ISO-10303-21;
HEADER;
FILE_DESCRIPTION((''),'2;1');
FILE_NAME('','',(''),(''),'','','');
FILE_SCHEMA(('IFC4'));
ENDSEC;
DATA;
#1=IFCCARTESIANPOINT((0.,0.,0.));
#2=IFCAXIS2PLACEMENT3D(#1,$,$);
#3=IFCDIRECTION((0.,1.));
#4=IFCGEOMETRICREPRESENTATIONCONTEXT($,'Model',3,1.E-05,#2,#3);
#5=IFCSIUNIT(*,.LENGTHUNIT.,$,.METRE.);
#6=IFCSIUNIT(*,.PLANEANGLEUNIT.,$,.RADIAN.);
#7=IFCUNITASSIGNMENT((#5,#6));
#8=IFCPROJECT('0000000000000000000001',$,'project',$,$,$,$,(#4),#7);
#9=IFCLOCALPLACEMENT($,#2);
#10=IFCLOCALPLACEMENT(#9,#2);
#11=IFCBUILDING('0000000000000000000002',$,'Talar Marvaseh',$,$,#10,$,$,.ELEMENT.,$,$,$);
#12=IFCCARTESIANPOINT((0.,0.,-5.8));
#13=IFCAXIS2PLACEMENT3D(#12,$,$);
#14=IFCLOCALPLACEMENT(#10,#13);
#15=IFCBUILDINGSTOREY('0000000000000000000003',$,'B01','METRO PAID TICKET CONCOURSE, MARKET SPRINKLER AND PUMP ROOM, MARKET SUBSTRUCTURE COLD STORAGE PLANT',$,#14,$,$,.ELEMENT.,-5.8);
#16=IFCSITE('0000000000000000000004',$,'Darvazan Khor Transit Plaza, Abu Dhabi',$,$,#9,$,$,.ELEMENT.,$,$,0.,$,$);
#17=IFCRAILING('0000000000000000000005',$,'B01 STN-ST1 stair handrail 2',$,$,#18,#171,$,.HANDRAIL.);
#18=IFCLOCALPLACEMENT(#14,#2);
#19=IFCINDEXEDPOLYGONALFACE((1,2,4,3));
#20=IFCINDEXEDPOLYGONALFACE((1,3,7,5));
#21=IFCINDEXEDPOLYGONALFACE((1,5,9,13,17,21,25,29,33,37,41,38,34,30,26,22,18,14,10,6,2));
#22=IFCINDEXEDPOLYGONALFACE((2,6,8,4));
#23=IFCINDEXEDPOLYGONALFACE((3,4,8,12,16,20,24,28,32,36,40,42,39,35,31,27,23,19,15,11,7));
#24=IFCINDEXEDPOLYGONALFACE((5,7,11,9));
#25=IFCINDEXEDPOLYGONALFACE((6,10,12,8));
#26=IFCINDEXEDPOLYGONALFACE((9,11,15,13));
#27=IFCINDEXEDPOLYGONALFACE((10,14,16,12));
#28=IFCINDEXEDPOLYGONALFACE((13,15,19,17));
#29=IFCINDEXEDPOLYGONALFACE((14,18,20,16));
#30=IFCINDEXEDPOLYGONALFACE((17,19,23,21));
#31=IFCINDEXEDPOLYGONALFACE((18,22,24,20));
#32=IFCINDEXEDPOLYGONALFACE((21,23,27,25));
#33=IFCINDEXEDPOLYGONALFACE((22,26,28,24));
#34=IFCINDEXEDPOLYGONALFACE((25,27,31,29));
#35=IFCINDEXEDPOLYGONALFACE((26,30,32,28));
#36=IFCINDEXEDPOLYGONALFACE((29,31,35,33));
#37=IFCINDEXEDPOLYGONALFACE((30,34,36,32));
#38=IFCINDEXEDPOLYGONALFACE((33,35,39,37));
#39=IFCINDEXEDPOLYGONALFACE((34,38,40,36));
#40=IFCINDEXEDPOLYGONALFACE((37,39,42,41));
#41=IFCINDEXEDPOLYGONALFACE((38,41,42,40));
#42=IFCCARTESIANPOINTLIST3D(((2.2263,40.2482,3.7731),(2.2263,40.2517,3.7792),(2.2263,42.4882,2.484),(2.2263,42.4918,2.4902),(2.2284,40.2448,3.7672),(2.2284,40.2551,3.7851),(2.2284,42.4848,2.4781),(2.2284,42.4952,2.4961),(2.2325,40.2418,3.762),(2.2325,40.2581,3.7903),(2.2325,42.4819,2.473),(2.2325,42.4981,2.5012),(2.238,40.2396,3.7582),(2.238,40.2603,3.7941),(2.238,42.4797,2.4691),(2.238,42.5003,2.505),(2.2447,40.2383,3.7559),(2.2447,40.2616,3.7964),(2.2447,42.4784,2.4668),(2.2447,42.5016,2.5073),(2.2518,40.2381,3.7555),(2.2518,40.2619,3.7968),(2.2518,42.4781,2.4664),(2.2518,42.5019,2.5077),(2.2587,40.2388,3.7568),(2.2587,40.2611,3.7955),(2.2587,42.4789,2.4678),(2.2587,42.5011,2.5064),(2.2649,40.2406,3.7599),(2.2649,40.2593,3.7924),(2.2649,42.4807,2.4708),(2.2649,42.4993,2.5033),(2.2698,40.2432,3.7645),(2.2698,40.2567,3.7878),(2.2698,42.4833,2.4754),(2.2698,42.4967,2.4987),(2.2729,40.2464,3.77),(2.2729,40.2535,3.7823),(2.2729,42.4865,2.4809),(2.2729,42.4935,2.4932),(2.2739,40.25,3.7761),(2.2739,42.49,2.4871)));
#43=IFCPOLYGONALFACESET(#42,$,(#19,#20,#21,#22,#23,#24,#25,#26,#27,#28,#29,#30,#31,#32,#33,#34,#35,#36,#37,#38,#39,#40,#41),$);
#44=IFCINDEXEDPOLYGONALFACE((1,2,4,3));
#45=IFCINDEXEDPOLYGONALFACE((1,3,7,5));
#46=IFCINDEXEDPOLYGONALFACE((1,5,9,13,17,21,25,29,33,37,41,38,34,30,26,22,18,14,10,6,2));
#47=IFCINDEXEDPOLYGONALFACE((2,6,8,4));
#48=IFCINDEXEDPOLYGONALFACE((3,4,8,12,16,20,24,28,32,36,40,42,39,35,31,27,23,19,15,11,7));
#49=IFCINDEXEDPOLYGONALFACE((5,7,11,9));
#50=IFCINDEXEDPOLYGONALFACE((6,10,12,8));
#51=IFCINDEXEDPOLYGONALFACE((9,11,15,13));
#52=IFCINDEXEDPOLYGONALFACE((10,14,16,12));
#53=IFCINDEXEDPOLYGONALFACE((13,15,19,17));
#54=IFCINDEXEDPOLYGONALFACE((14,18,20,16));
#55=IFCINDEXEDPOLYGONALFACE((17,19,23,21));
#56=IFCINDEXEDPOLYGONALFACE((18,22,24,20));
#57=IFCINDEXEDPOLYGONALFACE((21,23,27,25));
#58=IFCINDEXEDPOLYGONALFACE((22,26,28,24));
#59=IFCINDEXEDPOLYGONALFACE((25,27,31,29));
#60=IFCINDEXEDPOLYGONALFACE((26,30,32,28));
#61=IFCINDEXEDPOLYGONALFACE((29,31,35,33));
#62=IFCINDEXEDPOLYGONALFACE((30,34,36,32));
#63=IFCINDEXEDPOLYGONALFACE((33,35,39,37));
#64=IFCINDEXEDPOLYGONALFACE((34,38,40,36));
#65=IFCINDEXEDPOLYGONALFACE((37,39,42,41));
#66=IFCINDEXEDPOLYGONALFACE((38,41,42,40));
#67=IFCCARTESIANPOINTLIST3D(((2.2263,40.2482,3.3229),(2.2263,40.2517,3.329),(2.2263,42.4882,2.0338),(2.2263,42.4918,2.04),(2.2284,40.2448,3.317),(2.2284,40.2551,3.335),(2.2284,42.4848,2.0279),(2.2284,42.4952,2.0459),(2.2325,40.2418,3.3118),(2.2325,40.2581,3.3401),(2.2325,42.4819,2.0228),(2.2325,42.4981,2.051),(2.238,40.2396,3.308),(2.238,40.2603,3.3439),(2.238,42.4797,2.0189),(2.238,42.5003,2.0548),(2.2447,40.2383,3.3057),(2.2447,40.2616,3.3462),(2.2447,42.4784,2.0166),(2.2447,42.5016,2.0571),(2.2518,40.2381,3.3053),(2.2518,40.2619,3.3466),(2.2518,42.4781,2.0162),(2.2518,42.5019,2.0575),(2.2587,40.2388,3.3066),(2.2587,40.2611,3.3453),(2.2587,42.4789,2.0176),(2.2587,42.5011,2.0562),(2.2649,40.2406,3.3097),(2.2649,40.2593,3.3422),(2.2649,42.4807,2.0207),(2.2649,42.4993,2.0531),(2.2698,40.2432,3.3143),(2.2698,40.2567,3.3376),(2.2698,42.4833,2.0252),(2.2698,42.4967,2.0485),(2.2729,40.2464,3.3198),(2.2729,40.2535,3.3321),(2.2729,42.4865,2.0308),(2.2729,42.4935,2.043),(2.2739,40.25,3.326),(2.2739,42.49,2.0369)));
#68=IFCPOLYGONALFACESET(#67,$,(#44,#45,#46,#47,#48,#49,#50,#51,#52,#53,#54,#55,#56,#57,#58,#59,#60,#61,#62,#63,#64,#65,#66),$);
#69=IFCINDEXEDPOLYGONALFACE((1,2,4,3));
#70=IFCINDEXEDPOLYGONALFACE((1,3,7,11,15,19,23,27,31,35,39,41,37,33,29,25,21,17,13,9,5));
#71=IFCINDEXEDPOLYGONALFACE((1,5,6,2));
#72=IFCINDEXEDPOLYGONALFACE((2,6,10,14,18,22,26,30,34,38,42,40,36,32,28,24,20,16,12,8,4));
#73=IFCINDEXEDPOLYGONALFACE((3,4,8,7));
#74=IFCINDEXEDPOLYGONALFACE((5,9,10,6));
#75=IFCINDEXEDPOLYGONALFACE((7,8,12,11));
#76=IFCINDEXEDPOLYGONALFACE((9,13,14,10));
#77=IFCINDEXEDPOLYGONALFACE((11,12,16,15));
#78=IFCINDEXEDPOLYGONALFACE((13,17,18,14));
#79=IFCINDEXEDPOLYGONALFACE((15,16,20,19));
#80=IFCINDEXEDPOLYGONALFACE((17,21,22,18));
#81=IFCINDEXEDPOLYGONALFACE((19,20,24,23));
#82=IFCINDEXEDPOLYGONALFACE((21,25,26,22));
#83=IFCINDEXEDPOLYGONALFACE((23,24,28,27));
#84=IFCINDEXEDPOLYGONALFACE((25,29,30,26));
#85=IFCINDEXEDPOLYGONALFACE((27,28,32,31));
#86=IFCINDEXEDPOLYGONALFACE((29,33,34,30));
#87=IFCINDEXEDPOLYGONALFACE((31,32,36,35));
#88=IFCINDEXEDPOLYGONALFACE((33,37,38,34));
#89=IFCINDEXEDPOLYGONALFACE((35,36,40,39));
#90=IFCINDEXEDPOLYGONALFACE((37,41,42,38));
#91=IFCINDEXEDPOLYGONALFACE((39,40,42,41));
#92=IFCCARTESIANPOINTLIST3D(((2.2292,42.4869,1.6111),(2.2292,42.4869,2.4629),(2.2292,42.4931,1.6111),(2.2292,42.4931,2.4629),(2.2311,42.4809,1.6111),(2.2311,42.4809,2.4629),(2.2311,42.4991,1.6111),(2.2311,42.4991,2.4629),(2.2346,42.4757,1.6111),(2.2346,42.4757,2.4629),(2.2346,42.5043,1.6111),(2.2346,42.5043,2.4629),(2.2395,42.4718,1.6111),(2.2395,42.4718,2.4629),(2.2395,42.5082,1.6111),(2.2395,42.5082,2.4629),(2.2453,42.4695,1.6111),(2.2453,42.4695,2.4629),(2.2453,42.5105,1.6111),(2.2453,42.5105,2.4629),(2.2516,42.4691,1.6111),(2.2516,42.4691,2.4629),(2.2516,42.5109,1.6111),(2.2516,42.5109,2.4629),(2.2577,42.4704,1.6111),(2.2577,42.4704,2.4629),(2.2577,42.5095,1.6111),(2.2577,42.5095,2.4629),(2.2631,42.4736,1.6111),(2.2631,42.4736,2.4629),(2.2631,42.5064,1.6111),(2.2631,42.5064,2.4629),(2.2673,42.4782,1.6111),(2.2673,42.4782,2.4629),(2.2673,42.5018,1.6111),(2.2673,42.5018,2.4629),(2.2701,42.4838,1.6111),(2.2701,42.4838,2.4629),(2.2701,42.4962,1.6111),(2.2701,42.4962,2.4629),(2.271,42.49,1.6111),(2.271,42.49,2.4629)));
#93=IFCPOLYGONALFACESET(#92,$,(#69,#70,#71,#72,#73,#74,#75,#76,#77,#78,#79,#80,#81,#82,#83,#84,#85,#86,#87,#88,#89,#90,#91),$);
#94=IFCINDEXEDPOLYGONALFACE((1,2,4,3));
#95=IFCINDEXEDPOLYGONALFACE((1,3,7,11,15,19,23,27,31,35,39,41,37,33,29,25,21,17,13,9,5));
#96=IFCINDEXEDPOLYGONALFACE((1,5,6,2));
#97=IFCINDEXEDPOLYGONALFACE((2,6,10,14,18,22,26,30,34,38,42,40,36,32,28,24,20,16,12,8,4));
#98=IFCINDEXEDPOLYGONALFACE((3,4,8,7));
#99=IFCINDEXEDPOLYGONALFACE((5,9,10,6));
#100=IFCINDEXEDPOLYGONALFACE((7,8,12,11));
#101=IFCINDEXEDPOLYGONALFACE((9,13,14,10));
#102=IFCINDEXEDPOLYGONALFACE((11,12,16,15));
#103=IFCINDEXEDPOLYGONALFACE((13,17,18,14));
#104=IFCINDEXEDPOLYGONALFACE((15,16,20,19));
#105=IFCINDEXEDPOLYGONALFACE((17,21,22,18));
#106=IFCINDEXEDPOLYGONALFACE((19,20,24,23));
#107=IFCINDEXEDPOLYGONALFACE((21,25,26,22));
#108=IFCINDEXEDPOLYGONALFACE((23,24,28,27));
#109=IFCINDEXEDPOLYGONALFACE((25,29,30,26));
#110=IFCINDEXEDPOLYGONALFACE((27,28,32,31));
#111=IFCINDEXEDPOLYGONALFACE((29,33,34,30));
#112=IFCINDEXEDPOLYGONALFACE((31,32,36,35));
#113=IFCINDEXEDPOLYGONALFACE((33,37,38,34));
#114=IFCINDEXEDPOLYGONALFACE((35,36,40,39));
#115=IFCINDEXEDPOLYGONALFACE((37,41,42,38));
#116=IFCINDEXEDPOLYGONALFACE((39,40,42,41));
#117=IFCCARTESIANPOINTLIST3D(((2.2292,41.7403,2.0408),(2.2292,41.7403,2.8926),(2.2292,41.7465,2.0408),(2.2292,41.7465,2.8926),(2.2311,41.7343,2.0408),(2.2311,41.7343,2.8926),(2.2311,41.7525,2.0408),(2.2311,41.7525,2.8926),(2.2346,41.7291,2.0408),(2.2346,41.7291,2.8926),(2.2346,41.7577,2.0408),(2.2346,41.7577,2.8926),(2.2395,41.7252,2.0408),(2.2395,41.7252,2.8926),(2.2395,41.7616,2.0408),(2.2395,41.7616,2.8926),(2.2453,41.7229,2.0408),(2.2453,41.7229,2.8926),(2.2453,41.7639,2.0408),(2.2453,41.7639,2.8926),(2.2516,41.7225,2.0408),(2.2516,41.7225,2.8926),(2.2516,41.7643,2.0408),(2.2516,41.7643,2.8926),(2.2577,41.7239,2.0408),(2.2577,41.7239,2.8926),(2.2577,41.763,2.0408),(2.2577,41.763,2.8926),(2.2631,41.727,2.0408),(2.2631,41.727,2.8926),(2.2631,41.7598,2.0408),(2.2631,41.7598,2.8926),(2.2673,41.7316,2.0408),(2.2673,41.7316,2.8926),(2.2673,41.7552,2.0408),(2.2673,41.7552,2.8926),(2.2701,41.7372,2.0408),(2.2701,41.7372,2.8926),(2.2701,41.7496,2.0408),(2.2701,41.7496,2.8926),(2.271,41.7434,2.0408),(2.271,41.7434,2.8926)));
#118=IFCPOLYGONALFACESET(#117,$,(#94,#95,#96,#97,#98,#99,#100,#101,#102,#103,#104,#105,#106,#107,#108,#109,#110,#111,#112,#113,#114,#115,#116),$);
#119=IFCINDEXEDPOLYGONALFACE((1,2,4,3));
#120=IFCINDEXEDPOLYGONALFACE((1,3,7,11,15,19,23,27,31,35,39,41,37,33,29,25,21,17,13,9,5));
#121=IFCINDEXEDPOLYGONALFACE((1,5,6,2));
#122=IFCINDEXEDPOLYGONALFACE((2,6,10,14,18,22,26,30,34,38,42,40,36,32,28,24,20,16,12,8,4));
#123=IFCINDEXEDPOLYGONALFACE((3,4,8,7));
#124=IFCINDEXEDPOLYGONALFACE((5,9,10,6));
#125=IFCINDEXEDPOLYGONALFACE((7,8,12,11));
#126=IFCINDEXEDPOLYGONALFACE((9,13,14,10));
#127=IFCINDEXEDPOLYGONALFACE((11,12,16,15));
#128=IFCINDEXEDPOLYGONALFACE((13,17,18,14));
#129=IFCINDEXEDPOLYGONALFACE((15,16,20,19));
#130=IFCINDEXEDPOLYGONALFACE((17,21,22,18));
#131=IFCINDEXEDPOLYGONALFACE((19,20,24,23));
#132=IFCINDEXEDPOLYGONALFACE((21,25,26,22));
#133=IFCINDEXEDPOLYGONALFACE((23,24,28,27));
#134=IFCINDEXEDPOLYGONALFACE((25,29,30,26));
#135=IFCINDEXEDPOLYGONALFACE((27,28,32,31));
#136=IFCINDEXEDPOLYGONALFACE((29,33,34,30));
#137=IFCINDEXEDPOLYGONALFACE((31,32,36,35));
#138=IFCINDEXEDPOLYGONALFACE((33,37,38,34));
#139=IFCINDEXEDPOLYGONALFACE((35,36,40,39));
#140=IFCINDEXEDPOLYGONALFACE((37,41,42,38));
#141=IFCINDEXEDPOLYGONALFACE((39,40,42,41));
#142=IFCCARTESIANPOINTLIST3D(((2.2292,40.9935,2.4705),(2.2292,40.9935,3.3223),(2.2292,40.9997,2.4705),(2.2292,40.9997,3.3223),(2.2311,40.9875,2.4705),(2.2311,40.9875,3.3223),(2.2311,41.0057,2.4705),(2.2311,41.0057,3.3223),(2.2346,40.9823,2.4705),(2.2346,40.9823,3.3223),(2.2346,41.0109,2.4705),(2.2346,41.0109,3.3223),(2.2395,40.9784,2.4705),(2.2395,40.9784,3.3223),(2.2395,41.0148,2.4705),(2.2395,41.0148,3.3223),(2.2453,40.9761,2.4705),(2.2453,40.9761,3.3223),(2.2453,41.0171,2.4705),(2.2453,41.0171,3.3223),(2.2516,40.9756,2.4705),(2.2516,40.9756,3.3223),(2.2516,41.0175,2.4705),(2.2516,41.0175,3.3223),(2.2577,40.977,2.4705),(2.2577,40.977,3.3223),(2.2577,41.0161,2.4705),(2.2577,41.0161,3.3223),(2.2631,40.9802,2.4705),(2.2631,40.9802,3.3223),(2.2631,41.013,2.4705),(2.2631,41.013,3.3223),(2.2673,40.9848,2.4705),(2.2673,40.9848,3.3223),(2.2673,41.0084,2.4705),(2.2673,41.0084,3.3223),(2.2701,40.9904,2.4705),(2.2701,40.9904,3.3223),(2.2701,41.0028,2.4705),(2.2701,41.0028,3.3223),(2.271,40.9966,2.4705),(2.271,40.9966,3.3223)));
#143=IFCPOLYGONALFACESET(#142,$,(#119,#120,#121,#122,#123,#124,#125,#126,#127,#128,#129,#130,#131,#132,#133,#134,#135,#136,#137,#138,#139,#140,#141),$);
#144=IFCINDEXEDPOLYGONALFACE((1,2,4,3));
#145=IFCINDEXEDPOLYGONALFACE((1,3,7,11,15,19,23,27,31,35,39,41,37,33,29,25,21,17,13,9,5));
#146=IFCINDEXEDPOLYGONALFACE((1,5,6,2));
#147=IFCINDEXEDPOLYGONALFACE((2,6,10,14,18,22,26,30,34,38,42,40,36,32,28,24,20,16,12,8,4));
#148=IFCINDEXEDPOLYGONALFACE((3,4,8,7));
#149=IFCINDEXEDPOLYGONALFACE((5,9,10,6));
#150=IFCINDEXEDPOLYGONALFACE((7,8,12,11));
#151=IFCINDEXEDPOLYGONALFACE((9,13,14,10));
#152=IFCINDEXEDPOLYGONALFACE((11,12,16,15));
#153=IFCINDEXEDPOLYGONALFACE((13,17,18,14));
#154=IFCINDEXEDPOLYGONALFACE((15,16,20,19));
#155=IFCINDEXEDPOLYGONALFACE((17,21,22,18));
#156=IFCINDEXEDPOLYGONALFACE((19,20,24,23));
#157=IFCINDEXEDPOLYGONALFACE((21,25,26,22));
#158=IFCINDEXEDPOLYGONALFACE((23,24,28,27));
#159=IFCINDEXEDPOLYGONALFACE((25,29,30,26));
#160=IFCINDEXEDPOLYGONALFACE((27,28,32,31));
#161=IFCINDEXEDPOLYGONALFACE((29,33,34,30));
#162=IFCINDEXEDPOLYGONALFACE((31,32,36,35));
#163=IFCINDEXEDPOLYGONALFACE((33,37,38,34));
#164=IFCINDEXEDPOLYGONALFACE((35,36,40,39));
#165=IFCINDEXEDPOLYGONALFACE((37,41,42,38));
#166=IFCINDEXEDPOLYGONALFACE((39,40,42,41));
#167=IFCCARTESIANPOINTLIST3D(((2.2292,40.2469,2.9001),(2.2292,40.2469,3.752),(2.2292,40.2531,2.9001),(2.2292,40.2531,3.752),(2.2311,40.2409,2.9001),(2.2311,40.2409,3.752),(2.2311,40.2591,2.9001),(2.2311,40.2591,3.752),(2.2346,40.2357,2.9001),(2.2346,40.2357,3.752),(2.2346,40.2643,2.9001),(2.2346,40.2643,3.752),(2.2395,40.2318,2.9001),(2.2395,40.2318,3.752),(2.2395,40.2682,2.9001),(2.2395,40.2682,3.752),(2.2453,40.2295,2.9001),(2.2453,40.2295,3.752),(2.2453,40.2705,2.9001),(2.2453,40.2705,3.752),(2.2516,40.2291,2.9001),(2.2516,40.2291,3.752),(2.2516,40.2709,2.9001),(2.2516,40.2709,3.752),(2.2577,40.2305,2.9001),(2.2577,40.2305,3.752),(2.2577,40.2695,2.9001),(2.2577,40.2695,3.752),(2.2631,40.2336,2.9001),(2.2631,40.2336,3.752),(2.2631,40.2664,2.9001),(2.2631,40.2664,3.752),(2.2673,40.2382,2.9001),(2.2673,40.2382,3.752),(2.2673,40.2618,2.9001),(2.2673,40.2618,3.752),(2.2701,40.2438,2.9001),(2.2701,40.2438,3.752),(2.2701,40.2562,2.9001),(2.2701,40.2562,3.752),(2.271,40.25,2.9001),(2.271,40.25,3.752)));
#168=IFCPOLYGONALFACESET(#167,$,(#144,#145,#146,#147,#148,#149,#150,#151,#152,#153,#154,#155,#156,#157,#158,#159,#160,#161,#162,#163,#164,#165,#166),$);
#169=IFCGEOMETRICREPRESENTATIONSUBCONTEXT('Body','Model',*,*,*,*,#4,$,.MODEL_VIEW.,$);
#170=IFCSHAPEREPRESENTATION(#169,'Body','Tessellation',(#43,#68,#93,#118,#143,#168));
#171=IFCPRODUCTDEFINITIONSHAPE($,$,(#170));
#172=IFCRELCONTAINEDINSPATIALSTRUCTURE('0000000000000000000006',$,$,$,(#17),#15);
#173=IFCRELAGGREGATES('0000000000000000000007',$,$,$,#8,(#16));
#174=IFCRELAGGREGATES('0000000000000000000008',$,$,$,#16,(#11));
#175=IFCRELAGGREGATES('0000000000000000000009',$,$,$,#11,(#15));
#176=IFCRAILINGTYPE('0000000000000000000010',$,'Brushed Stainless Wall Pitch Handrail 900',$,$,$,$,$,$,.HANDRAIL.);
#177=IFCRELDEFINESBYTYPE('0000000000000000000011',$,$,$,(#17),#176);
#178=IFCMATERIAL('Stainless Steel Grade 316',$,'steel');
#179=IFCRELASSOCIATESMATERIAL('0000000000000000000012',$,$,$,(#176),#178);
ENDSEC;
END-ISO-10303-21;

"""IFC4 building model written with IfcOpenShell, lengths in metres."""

from ifc_helpers import new_model, si_unit, direction, frame, origin, origin_2d, place, context, subcontext, project, spatial, circle, extrude, material, type_object, element, save


model = new_model("IFC4")

# Units and contexts
model_context = context("Model", 3, precision=1e-05, world=origin(), true_north=direction((0.0, 1.0)))
body_context = subcontext(model_context, "Body", "Model", "MODEL_VIEW")
ifc_project = project(units=[si_unit("LENGTHUNIT", "METRE"), si_unit("PLANEANGLEUNIT", "RADIAN")], contexts=[model_context])

# Site, building, storey
site_placement = place(None, origin())
site = spatial("IfcSite", under=ifc_project, at=site_placement, Name="Darvazan Khor Transit Plaza, Abu Dhabi", CompositionType="ELEMENT", RefElevation=0.0)
building_placement = place(site_placement, origin())
building = spatial("IfcBuilding", under=site, at=building_placement, Name="Talar Marvaseh", CompositionType="ELEMENT")
storey_placement = place(building_placement, frame((0.0, 0.0, -5.8)))
storey = spatial("IfcBuildingStorey", under=building, at=storey_placement, Name="B01", Description="METRO PAID TICKET CONCOURSE, MARKET SPRINKLER AND PUMP ROOM, MARKET SUBSTRUCTURE COLD STORAGE PLANT", CompositionType="ELEMENT", Elevation=-5.8)

# Railing
ifc_material_1 = material(Name="Stainless Steel Grade 316", Category="steel")
railing_type_1 = type_object("IfcRailingType", Name="Brushed Stainless Wall Pitch Handrail 900", PredefinedType="HANDRAIL", material=ifc_material_1)
railing_1_placement = place(storey_placement, frame((2.25, 42.49, 1.6111)))
element("IfcRailing", 1, at=railing_1_placement, inside=storey, type_object=railing_type_1, Name="B01 STN-ST1 stair handrail 2", PredefinedType="HANDRAIL", context=body_context, shape_type="SweptSolid", body=[
    extrude(circle(Radius=0.0239, at=origin_2d()), frame((0.0, 0.0, 0.876), z_axis=(0.0, -0.866728, 0.498782), x_axis=(1.0, 0.0, 0.0)), (0.0, 0.0, 1.0), 2.5845),
    extrude(circle(Radius=0.0239, at=origin_2d()), frame((0.0, 0.0, 0.4258), z_axis=(0.0, -0.866728, 0.498782), x_axis=(1.0, 0.0, 0.0)), (0.0, 0.0, 1.0), 2.5845),
    extrude(circle(Radius=0.021, at=origin_2d()), origin(), (0.0, 0.0, 1.0), 0.8518),
    extrude(circle(Radius=0.021, at=origin_2d()), frame((0.0, -0.7466, 0.4297)), (0.0, 0.0, 1.0), 0.8518),
    extrude(circle(Radius=0.021, at=origin_2d()), frame((0.0, -1.4934, 0.8594)), (0.0, 0.0, 1.0), 0.8518),
    extrude(circle(Radius=0.021, at=origin_2d()), frame((0.0, -2.24, 1.2891)), (0.0, 0.0, 1.0), 0.8518),
])

save(model, "model.ifc")
